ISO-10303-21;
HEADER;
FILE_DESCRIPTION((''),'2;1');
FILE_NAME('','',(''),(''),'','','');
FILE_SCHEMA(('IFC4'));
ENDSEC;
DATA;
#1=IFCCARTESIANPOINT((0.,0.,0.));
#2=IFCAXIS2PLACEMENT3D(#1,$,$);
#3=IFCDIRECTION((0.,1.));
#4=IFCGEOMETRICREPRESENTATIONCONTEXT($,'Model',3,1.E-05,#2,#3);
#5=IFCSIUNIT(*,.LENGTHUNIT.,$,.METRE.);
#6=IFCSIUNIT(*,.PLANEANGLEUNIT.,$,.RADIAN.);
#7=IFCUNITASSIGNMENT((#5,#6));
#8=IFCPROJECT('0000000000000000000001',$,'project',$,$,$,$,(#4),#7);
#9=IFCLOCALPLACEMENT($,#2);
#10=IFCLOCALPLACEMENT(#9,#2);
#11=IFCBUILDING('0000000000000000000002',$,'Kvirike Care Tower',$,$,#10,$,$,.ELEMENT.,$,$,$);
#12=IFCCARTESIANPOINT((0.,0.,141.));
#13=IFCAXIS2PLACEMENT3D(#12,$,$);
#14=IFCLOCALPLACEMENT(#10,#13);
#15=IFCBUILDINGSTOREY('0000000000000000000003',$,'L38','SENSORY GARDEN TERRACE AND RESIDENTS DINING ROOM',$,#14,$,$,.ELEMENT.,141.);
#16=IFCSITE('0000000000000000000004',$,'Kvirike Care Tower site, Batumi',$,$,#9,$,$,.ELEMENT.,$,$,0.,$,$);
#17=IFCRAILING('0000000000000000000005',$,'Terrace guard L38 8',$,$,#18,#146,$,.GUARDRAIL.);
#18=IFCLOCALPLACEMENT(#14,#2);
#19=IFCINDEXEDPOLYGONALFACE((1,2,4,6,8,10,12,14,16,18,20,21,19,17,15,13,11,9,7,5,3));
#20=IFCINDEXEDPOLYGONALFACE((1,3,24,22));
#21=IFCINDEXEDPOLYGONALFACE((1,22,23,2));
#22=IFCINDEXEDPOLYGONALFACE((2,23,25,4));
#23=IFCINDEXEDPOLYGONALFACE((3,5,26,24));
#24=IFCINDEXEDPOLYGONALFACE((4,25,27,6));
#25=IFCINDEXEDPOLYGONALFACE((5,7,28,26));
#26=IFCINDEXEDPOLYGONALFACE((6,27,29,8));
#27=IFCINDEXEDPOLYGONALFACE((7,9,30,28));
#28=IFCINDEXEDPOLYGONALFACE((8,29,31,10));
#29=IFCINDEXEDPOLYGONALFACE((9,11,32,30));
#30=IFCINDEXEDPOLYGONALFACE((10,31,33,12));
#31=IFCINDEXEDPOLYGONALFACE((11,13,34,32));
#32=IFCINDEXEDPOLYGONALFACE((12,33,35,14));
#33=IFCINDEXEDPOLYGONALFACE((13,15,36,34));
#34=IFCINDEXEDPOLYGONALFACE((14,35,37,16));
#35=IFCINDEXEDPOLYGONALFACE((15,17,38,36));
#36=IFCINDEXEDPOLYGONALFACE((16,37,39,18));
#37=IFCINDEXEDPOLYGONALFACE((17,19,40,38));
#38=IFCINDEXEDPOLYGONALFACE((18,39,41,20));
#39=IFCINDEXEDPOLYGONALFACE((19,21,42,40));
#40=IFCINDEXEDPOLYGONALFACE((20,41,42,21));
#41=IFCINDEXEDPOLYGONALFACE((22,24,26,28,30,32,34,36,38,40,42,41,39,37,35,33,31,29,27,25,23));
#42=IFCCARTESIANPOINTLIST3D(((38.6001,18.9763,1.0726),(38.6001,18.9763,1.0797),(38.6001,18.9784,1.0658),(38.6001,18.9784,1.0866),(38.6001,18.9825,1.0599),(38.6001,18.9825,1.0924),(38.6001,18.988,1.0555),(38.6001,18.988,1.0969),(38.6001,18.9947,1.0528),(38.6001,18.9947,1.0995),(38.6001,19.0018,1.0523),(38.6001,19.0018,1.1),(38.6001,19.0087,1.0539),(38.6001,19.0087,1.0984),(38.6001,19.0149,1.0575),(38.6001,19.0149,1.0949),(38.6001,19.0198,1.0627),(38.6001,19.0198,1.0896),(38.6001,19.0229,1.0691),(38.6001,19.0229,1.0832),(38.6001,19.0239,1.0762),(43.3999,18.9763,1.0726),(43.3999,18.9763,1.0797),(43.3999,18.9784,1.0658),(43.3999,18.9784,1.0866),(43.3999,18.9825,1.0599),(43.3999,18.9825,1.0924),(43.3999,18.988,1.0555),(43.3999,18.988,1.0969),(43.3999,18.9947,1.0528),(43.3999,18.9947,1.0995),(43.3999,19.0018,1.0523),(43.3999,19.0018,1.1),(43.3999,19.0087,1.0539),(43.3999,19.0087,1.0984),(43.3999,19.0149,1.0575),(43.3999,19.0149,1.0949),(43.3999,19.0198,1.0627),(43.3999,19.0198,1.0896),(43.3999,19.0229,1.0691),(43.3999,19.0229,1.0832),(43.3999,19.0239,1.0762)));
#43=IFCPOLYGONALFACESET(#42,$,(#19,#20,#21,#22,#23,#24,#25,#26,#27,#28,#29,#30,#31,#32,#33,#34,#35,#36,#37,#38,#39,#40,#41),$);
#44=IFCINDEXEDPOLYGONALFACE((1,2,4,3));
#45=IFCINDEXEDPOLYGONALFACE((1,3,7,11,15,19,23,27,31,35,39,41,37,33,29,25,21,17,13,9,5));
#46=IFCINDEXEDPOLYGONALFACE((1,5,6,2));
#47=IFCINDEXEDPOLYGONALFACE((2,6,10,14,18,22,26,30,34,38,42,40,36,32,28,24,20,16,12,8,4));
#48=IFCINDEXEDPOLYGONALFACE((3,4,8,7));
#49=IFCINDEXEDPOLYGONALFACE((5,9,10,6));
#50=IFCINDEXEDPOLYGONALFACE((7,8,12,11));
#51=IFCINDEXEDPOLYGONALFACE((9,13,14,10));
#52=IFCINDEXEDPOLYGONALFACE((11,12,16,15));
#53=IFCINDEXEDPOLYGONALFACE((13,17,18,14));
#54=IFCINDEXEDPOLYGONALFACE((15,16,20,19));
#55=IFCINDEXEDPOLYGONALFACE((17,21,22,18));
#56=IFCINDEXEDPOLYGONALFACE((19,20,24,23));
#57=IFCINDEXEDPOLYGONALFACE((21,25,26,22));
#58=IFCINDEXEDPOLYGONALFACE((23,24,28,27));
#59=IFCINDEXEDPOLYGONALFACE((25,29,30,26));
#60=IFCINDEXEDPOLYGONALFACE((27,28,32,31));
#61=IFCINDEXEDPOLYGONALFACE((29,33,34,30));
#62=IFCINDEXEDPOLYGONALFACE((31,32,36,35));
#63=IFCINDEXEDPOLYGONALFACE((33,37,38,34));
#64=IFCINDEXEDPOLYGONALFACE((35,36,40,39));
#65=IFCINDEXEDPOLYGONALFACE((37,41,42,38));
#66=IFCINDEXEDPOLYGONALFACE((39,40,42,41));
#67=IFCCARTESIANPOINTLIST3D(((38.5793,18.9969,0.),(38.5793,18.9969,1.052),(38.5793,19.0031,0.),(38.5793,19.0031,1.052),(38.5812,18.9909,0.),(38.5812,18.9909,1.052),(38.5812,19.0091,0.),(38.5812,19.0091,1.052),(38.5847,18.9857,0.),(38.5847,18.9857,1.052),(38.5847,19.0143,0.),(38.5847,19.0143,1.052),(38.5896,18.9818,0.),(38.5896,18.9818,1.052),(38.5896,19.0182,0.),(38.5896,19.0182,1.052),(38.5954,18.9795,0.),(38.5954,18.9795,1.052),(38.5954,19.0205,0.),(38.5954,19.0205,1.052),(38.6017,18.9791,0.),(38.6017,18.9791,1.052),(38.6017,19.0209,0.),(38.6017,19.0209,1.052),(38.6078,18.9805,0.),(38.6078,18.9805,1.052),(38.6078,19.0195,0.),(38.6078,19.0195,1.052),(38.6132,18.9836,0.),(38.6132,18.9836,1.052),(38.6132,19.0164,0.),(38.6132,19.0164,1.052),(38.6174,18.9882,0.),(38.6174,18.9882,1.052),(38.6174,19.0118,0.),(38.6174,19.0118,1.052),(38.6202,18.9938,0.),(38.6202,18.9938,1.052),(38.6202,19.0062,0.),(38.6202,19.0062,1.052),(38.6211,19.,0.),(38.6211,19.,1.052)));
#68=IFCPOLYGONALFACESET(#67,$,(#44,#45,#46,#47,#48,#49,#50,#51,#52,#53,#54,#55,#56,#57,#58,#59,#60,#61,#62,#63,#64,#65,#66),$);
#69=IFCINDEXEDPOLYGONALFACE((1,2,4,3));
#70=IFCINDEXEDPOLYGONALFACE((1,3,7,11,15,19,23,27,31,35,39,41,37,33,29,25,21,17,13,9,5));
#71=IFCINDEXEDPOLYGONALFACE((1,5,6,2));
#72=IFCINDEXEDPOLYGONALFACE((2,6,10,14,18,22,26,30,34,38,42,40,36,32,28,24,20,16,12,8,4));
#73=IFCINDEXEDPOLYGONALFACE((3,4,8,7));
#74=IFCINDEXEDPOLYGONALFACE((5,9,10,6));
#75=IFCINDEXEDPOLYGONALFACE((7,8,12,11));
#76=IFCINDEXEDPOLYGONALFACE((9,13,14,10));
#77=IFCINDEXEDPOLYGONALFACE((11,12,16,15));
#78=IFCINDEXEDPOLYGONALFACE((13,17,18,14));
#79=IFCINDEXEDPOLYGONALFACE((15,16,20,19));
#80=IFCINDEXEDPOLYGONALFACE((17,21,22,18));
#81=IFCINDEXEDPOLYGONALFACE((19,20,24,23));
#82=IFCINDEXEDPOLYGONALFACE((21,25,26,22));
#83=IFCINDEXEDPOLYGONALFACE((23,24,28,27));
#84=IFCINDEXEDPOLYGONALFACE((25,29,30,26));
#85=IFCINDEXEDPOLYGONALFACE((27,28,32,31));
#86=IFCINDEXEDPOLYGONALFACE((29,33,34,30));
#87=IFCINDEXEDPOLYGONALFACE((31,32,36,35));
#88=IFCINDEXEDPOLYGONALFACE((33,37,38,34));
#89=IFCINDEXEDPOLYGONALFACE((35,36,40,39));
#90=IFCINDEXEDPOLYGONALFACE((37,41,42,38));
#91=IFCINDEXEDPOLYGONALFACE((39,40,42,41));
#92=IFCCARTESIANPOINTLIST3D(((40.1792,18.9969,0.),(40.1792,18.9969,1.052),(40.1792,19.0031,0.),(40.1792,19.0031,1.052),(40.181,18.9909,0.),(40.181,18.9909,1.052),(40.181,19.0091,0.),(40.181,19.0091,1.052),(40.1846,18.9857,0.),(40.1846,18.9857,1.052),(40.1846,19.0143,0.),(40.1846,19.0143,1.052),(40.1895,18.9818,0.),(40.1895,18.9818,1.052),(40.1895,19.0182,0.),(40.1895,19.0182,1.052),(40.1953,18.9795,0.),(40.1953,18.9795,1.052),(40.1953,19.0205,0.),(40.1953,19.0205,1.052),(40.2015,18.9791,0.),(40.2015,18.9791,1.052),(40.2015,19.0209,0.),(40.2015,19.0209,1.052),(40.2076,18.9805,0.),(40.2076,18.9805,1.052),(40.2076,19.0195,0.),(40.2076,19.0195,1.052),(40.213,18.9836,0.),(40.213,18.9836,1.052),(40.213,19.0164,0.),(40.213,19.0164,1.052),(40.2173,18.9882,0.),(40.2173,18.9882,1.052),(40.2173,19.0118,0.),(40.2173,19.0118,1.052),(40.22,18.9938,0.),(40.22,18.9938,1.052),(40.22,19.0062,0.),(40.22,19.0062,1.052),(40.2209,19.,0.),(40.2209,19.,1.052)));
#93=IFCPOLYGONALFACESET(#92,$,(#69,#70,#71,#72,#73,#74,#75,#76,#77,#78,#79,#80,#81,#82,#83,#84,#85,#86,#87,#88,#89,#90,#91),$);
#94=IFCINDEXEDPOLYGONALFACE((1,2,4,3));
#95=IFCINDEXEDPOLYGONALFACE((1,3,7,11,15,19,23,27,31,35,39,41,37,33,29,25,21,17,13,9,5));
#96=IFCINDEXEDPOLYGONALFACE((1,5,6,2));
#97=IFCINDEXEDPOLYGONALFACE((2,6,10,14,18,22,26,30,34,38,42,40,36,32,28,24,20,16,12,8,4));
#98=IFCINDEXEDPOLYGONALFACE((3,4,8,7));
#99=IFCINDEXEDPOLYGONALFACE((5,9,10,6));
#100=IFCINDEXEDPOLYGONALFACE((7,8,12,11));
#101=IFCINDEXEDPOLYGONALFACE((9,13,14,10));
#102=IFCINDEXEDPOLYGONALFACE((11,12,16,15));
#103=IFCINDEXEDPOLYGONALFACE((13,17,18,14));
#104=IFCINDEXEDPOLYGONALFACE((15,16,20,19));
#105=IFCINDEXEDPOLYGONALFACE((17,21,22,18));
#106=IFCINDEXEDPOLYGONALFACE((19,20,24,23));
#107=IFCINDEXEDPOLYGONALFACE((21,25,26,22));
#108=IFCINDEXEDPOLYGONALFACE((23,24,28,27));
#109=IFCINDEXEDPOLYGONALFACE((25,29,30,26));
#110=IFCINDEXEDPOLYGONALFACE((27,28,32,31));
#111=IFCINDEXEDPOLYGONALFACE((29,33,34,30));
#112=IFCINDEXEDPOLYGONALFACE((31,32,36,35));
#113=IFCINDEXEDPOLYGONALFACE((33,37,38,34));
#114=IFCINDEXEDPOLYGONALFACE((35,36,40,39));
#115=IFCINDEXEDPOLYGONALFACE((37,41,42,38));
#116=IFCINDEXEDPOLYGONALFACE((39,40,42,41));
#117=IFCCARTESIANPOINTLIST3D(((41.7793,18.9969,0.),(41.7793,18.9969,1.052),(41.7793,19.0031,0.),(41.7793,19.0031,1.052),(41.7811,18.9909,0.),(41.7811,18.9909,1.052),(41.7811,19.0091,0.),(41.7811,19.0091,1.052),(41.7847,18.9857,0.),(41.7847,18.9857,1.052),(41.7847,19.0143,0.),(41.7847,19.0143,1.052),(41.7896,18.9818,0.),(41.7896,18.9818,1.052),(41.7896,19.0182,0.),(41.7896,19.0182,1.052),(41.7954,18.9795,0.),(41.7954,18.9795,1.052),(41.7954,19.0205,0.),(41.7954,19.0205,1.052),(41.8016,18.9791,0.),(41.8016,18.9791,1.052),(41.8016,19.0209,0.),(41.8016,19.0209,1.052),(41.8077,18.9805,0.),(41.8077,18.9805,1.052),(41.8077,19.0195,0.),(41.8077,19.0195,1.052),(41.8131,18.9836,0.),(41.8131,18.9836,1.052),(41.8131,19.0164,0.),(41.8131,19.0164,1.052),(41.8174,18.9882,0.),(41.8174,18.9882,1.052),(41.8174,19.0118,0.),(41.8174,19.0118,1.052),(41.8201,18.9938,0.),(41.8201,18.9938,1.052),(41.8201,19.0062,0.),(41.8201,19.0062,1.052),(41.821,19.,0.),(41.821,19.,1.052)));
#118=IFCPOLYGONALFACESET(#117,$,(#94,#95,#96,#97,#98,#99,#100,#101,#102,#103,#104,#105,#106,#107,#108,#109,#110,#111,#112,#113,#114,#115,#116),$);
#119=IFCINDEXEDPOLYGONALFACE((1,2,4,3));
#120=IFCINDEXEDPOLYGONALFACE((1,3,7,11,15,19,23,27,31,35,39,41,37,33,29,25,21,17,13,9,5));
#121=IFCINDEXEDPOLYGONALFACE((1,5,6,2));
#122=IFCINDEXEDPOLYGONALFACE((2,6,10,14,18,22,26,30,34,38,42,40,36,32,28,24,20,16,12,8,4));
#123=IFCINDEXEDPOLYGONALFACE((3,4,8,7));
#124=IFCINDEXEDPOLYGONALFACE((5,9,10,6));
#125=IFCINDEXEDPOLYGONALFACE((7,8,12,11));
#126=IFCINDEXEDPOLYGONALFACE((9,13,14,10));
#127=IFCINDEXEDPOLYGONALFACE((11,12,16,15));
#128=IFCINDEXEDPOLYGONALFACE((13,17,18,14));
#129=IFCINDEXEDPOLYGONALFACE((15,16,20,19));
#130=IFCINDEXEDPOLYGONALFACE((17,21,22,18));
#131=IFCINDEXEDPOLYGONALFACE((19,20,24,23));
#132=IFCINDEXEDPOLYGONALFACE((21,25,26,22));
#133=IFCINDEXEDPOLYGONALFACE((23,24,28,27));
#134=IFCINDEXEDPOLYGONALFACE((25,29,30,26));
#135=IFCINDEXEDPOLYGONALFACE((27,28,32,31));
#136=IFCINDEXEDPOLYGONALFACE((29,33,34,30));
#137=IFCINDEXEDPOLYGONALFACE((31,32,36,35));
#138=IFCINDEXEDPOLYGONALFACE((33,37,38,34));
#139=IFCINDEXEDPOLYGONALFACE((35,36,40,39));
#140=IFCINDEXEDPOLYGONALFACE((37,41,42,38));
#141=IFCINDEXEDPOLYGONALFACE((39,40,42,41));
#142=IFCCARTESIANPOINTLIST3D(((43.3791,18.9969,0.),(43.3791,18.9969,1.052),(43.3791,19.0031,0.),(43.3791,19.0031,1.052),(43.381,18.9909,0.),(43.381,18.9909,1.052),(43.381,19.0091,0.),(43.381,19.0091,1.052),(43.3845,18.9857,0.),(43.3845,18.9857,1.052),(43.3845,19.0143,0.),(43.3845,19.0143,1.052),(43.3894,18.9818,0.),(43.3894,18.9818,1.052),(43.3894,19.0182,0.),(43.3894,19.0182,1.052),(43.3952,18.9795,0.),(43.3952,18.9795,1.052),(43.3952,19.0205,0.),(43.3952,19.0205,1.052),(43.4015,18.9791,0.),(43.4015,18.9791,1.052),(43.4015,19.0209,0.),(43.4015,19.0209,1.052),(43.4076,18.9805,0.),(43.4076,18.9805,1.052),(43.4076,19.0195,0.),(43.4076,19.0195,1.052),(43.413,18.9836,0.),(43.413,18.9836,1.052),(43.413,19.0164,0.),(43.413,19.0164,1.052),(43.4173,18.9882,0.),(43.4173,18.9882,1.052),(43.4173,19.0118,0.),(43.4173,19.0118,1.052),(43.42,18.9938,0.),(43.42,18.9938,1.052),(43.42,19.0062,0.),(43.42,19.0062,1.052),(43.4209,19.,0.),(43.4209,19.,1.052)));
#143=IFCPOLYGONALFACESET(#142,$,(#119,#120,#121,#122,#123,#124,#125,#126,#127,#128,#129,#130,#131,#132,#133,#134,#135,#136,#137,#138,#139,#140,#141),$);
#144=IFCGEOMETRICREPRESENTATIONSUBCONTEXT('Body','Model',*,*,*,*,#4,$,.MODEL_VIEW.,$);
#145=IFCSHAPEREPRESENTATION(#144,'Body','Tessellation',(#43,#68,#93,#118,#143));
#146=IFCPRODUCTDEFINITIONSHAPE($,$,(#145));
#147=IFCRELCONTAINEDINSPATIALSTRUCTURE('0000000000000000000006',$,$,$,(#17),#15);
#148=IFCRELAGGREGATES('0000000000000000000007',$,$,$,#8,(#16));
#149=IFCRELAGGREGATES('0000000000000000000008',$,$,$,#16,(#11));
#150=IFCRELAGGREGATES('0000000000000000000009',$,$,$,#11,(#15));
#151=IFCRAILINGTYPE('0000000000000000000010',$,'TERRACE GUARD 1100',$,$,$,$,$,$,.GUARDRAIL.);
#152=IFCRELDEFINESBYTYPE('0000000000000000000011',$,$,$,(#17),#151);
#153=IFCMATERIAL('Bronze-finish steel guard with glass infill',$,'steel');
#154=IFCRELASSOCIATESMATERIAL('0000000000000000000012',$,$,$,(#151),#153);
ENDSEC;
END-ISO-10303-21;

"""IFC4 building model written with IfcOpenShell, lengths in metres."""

from ifc_helpers import new_model, si_unit, direction, frame, origin, origin_2d, place, context, subcontext, project, spatial, circle, extrude, material, type_object, element, save


model = new_model("IFC4")

# Units and contexts
model_context = context("Model", 3, precision=1e-05, world=origin(), true_north=direction((0.0, 1.0)))
body_context = subcontext(model_context, "Body", "Model", "MODEL_VIEW")
ifc_project = project(units=[si_unit("LENGTHUNIT", "METRE"), si_unit("PLANEANGLEUNIT", "RADIAN")], contexts=[model_context])

# Site, building, storey
site_placement = place(None, origin())
site = spatial("IfcSite", under=ifc_project, at=site_placement, Name="Kvirike Care Tower site, Batumi", CompositionType="ELEMENT", RefElevation=0.0)
building_placement = place(site_placement, origin())
building = spatial("IfcBuilding", under=site, at=building_placement, Name="Kvirike Care Tower", CompositionType="ELEMENT")
storey_placement = place(building_placement, frame((0.0, 0.0, 141.0)))
storey = spatial("IfcBuildingStorey", under=building, at=storey_placement, Name="L38", Description="SENSORY GARDEN TERRACE AND RESIDENTS DINING ROOM", CompositionType="ELEMENT", Elevation=141.0)

# Railing
ifc_material_1 = material(Name="Bronze-finish steel guard with glass infill", Category="steel")
railing_type = type_object("IfcRailingType", Name="TERRACE GUARD 1100", PredefinedType="GUARDRAIL", material=ifc_material_1)
railing_1_placement = place(storey_placement, frame((38.6001, 19.0, 0.0)))
element("IfcRailing", 1, at=railing_1_placement, inside=storey, type_object=railing_type, Name="Terrace guard L38 8", PredefinedType="GUARDRAIL", context=body_context, shape_type="SweptSolid", body=[
    extrude(circle(Radius=0.0239, at=origin_2d()), frame((0.0, 0.0, 1.0762), z_axis=(1.0, 0.0, 0.0), x_axis=(0.0, 1.0, 0.0)), (0.0, 0.0, 1.0), 4.7998),
    extrude(circle(Radius=0.021, at=origin_2d()), origin(), (0.0, 0.0, 1.0), 1.052),
    extrude(circle(Radius=0.021, at=origin_2d()), frame((1.5999, 0.0, 0.0)), (0.0, 0.0, 1.0), 1.052),
    extrude(circle(Radius=0.021, at=origin_2d()), frame((3.2, 0.0, 0.0)), (0.0, 0.0, 1.0), 1.052),
    extrude(circle(Radius=0.021, at=origin_2d()), frame((4.7998, 0.0, 0.0)), (0.0, 0.0, 1.0), 1.052),
])

save(model, "model.ifc")
